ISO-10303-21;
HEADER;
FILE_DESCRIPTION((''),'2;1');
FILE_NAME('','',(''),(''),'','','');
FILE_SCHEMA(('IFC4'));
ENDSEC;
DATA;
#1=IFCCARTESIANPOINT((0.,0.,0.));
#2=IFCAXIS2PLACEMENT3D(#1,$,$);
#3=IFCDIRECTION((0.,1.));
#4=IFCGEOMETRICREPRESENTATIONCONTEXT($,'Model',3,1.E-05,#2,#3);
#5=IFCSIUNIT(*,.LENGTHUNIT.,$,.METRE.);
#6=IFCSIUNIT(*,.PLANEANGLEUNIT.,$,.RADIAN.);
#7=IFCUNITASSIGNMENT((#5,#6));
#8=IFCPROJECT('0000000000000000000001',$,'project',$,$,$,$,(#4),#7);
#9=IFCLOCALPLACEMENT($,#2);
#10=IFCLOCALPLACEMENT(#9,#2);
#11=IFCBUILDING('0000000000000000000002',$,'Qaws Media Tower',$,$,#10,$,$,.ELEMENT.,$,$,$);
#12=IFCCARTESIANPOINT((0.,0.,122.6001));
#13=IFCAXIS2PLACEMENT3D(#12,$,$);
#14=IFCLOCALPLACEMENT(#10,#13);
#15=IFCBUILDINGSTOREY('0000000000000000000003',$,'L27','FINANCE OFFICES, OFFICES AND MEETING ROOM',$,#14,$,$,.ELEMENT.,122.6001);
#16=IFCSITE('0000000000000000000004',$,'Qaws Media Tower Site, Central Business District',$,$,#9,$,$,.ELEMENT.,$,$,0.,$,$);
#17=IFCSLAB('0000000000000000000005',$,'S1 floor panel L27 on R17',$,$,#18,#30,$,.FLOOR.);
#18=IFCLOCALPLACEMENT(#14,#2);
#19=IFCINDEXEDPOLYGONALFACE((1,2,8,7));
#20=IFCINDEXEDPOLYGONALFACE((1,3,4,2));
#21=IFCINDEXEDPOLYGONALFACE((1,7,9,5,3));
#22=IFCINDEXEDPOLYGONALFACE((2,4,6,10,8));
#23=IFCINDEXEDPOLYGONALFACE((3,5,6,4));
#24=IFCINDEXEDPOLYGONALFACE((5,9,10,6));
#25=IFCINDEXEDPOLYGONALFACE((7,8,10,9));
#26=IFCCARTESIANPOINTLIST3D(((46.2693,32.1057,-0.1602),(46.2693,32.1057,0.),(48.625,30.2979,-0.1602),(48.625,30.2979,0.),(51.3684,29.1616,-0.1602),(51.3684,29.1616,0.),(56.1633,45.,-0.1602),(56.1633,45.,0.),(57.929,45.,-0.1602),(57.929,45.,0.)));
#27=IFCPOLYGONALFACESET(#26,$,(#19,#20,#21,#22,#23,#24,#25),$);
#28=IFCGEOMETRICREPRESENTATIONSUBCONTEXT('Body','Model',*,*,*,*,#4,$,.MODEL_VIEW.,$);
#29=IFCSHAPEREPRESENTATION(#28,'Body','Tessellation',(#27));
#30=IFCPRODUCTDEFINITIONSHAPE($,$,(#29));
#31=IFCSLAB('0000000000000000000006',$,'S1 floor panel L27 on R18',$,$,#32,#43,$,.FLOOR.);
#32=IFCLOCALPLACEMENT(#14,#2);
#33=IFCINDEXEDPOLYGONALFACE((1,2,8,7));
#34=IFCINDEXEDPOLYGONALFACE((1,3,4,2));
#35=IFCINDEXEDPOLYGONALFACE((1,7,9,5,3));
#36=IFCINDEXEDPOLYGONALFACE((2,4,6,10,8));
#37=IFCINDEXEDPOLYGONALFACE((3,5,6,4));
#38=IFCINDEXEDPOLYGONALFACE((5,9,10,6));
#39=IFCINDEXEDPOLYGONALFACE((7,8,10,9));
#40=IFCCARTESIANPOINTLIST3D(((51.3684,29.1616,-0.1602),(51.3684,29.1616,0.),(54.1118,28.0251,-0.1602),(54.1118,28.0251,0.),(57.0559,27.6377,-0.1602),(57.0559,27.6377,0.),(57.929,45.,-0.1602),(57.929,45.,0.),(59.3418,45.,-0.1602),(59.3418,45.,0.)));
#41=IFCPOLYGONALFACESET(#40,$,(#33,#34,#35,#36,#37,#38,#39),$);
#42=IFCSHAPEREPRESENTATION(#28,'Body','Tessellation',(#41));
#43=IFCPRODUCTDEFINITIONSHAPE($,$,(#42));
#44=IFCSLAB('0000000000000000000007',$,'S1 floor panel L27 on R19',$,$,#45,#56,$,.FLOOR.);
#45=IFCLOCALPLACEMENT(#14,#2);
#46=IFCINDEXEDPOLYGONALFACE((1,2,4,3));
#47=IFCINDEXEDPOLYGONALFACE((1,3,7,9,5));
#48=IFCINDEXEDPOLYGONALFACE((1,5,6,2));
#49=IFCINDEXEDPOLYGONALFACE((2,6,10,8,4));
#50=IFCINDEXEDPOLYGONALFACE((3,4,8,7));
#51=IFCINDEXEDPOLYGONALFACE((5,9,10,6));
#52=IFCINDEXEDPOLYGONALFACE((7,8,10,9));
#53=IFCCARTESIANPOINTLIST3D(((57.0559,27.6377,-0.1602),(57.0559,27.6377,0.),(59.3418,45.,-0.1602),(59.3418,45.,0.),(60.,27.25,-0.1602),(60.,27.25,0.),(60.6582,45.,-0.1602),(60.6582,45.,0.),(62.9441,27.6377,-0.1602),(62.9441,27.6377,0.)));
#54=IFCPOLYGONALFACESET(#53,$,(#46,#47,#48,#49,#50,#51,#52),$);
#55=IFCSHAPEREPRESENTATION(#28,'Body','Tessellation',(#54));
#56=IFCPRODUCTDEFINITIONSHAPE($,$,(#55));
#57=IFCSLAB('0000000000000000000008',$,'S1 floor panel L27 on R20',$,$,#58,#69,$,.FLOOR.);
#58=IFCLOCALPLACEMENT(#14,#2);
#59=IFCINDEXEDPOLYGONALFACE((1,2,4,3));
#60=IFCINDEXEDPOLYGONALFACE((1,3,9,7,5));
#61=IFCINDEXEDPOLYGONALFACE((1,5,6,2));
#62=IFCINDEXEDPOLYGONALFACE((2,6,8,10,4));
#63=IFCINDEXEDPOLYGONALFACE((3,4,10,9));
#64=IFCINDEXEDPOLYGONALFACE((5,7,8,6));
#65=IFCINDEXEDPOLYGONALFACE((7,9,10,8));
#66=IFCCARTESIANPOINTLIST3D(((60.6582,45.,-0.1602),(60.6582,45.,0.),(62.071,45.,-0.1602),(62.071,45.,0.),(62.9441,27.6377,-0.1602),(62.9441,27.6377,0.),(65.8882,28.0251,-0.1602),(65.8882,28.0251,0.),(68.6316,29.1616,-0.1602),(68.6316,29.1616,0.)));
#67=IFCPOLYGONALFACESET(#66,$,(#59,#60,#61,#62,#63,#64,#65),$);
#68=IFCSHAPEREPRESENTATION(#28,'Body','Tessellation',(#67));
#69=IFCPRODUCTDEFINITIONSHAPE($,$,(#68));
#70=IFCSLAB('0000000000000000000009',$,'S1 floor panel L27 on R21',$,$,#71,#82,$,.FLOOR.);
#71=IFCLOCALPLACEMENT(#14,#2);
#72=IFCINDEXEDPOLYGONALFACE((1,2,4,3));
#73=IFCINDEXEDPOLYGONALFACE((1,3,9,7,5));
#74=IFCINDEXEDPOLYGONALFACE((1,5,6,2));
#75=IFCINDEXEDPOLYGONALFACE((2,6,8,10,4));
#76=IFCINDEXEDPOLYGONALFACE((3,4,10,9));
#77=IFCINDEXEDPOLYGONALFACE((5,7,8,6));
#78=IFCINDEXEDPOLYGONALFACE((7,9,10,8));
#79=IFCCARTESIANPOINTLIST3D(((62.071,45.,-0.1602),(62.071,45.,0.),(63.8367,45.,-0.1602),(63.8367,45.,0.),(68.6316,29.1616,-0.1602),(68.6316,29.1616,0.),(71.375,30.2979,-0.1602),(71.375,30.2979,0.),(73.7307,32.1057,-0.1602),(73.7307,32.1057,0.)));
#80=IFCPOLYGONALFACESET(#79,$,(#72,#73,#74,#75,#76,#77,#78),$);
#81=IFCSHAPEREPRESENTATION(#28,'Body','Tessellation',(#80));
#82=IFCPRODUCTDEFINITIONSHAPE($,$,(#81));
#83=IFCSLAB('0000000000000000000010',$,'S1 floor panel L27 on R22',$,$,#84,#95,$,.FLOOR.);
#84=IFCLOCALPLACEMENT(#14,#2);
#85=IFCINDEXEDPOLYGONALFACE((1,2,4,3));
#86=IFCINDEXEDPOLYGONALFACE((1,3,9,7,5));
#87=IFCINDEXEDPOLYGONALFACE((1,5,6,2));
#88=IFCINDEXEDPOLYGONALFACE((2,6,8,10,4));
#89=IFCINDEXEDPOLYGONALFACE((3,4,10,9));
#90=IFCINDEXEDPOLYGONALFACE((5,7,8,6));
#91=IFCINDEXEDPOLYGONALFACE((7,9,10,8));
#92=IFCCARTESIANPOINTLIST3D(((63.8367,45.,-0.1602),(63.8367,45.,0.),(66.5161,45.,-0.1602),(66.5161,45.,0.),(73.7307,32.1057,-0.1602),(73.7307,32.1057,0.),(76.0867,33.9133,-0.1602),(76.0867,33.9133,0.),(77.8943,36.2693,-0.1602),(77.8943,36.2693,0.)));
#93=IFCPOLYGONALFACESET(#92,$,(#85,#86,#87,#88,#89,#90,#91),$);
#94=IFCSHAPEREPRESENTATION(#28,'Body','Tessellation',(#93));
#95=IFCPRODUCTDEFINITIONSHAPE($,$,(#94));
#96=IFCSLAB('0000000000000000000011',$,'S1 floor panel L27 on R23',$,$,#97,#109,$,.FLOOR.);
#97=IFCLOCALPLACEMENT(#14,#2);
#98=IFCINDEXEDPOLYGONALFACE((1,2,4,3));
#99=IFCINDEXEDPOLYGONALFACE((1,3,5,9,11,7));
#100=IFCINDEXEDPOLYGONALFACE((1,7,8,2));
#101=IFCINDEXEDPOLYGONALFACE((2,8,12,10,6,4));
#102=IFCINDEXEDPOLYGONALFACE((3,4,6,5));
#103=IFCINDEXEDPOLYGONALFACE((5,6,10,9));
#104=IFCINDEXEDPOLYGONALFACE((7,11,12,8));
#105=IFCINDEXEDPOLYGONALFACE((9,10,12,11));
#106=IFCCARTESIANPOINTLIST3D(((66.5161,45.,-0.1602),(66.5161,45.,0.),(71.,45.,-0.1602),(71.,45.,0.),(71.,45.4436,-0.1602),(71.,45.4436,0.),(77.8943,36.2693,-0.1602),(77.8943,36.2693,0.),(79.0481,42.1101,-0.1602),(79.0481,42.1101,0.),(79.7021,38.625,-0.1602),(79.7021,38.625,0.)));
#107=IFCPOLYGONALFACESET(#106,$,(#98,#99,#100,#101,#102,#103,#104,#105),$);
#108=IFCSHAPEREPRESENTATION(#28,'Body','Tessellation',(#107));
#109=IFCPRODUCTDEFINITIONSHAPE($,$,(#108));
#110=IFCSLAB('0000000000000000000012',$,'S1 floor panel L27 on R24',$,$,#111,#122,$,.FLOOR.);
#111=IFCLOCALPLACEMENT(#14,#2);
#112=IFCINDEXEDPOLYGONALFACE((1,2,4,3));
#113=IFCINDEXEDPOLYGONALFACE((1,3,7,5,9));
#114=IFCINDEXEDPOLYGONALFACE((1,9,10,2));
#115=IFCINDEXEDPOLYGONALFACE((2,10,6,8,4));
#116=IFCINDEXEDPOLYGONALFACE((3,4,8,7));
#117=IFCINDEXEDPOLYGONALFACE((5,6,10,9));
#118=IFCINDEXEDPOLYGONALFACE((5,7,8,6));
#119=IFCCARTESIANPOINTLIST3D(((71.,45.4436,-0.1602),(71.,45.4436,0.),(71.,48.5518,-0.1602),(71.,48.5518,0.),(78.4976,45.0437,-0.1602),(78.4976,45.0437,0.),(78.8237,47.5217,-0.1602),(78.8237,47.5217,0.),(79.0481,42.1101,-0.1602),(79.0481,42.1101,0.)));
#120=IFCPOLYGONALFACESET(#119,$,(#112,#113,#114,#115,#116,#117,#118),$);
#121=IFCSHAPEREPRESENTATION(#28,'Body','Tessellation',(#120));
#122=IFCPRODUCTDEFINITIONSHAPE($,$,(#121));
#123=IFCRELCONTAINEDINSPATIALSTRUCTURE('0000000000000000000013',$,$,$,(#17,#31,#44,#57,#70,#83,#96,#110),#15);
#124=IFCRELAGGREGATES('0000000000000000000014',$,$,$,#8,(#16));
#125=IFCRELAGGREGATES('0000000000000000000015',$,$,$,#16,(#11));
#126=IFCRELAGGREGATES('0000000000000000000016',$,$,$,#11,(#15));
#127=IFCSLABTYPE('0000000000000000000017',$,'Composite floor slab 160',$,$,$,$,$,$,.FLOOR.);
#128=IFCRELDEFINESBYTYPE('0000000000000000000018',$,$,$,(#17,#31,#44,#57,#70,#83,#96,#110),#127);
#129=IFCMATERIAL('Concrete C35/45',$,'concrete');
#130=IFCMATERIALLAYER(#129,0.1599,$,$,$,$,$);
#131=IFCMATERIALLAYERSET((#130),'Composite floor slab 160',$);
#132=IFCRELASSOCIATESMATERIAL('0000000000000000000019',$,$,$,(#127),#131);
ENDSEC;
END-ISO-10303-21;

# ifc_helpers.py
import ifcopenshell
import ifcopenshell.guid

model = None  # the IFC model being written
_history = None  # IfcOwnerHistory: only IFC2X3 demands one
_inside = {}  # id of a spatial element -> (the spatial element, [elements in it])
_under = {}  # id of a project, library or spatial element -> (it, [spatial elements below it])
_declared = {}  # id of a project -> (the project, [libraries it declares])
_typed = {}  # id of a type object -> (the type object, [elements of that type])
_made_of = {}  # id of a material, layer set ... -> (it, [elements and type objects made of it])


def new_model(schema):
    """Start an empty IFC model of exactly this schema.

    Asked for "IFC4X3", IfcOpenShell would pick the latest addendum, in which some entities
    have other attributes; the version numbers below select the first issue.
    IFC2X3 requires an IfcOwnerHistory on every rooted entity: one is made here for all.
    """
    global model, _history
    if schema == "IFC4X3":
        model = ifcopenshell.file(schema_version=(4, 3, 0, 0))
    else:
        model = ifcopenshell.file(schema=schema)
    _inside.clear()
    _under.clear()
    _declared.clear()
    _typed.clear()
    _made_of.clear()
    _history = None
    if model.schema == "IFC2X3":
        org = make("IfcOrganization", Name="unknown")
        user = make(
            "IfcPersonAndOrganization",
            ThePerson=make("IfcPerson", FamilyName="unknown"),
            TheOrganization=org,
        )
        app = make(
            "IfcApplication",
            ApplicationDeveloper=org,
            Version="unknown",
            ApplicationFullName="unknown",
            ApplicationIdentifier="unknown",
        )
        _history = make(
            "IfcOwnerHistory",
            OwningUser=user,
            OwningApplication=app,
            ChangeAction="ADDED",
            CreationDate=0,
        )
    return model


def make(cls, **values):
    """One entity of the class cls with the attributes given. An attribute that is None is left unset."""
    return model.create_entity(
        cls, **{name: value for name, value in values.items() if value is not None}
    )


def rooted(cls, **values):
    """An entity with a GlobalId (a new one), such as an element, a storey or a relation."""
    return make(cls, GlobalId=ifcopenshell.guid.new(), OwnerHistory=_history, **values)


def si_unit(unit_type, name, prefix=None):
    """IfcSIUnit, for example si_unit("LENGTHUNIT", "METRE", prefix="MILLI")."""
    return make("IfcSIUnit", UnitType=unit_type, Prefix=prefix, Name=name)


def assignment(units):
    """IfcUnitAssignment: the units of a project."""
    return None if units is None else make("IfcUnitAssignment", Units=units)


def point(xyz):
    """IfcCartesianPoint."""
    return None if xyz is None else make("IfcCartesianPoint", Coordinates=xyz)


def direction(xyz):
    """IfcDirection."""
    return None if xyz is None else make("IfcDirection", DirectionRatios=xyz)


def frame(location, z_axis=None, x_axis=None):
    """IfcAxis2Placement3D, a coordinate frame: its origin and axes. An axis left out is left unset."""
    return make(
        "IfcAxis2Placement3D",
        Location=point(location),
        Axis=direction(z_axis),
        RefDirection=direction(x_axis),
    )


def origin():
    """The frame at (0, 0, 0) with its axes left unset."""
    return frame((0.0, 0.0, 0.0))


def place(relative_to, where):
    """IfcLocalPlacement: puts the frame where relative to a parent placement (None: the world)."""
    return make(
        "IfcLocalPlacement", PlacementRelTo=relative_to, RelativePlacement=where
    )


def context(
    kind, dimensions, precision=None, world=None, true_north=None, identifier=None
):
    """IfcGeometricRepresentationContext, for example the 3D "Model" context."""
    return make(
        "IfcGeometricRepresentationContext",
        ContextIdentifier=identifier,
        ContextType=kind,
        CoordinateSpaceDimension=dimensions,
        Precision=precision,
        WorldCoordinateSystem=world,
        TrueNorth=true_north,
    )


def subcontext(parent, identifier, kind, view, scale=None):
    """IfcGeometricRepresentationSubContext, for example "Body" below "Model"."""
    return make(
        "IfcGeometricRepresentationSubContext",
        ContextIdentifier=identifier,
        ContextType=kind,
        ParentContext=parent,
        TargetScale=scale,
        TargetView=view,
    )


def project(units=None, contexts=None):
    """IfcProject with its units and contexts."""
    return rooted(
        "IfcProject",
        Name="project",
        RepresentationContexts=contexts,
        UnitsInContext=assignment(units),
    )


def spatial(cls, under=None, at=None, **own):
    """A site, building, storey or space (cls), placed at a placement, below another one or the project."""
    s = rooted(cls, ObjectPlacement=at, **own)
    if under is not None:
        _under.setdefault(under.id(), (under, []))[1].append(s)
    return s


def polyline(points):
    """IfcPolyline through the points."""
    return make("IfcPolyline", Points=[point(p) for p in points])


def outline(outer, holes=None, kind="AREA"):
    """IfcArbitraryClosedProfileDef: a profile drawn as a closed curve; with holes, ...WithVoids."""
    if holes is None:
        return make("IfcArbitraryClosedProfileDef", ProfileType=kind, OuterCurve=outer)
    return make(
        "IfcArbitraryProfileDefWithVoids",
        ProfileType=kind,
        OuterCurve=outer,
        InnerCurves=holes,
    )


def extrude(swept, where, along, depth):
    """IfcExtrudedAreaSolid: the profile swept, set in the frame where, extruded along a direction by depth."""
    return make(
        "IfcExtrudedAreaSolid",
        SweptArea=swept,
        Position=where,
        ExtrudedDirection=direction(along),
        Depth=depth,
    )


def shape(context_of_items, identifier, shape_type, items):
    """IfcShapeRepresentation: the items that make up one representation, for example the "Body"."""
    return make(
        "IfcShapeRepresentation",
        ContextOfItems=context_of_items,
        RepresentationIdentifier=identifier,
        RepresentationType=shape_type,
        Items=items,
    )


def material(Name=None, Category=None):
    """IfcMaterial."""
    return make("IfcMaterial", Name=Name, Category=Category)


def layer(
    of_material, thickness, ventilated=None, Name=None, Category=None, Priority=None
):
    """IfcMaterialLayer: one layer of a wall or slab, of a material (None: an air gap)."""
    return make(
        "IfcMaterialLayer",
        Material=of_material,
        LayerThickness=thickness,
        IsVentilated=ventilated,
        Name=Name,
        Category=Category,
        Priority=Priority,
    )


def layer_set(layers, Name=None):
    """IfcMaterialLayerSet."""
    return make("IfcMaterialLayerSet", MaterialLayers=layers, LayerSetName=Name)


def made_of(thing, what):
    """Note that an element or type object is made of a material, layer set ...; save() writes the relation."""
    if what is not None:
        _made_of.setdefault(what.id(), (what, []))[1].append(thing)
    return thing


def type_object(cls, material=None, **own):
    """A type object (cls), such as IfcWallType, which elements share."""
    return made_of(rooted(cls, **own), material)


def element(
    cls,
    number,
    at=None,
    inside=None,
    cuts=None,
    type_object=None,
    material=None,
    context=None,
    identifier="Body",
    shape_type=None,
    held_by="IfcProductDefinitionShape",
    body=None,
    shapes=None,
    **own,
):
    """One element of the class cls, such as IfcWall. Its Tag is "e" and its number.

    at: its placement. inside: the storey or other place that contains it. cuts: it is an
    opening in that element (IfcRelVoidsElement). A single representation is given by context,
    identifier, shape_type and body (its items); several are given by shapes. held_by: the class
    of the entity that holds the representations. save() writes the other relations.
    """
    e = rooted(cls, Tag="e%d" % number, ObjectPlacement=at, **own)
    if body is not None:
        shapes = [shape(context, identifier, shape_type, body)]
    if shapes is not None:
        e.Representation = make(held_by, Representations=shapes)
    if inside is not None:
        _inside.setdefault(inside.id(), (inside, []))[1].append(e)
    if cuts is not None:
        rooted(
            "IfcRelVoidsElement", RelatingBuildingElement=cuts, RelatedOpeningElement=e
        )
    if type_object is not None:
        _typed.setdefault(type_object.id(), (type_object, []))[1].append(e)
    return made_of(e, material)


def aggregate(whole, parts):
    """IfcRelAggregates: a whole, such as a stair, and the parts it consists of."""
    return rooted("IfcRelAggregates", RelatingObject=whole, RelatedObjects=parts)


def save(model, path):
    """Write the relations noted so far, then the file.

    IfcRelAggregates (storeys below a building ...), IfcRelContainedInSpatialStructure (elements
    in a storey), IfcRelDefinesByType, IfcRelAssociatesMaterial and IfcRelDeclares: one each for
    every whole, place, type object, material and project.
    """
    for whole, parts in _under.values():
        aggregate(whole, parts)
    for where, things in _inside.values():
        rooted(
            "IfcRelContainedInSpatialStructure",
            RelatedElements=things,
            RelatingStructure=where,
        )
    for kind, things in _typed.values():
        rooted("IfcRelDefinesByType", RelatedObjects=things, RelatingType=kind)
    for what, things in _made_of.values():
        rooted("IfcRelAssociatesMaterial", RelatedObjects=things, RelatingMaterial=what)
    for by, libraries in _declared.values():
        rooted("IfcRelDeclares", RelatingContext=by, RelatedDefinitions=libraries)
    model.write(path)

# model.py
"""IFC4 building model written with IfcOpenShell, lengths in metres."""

from ifc_helpers import new_model, si_unit, direction, frame, origin, place, context, subcontext, project, spatial, polyline, outline, extrude, material, layer, layer_set, type_object, element, save


model = new_model("IFC4")

# Units and contexts
model_context = context("Model", 3, precision=1e-05, world=origin(), true_north=direction((0.0, 1.0)))
body_context = subcontext(model_context, "Body", "Model", "MODEL_VIEW")
ifc_project = project(units=[si_unit("LENGTHUNIT", "METRE"), si_unit("PLANEANGLEUNIT", "RADIAN")], contexts=[model_context])

# Site, building, storey
site_placement = place(None, origin())
site = spatial("IfcSite", under=ifc_project, at=site_placement, Name="Qaws Media Tower Site, Central Business District", CompositionType="ELEMENT", RefElevation=0.0)
building_placement = place(site_placement, origin())
building = spatial("IfcBuilding", under=site, at=building_placement, Name="Qaws Media Tower", CompositionType="ELEMENT")
storey_placement = place(building_placement, frame((0.0, 0.0, 122.6001)))
storey = spatial("IfcBuildingStorey", under=building, at=storey_placement, Name="L27", Description="FINANCE OFFICES, OFFICES AND MEETING ROOM", CompositionType="ELEMENT", Elevation=122.6001)

# Slabs
ifc_material_1 = material(Name="Concrete C35/45", Category="concrete")
ifc_layer_1 = layer(ifc_material_1, 0.1599)
ifc_layer_set_1 = layer_set([ifc_layer_1], Name="Composite floor slab 160")
slab_type_1 = type_object("IfcSlabType", Name="Composite floor slab 160", PredefinedType="FLOOR", material=ifc_layer_set_1)
slab_1_placement = place(storey_placement, frame((0.0, 0.0, -0.1602)))
element("IfcSlab", 1, at=slab_1_placement, inside=storey, type_object=slab_type_1, Name="S1 floor panel L27 on R17", PredefinedType="FLOOR", context=body_context, shape_type="SweptSolid", body=[
    extrude(outline(polyline([(48.625, 30.2979), (46.2693, 32.1057), (56.1633, 45.0), (57.929, 45.0), (51.3684, 29.1616), (48.625, 30.2979)])), origin(), (0.0, 0.0, 1.0), 0.1602),
])
slab_2_placement = place(storey_placement, frame((0.0, 0.0, -0.1602)))
element("IfcSlab", 2, at=slab_2_placement, inside=storey, type_object=slab_type_1, Name="S1 floor panel L27 on R18", PredefinedType="FLOOR", context=body_context, shape_type="SweptSolid", body=[
    extrude(outline(polyline([(54.1118, 28.0251), (51.3684, 29.1616), (57.929, 45.0), (59.3418, 45.0), (57.0559, 27.6377), (54.1118, 28.0251)])), origin(), (0.0, 0.0, 1.0), 0.1602),
])
slab_3_placement = place(storey_placement, frame((0.0, 0.0, -0.1602)))
element("IfcSlab", 3, at=slab_3_placement, inside=storey, type_object=slab_type_1, Name="S1 floor panel L27 on R19", PredefinedType="FLOOR", context=body_context, shape_type="SweptSolid", body=[
    extrude(outline(polyline([(60.0, 27.25), (57.0559, 27.6377), (59.3418, 45.0), (60.6582, 45.0), (62.9441, 27.6377), (60.0, 27.25)])), origin(), (0.0, 0.0, 1.0), 0.1602),
])
slab_4_placement = place(storey_placement, frame((0.0, 0.0, -0.1602)))
element("IfcSlab", 4, at=slab_4_placement, inside=storey, type_object=slab_type_1, Name="S1 floor panel L27 on R20", PredefinedType="FLOOR", context=body_context, shape_type="SweptSolid", body=[
    extrude(outline(polyline([(65.8882, 28.0251), (62.9441, 27.6377), (60.6582, 45.0), (62.071, 45.0), (68.6316, 29.1616), (65.8882, 28.0251)])), origin(), (0.0, 0.0, 1.0), 0.1602),
])
slab_5_placement = place(storey_placement, frame((0.0, 0.0, -0.1602)))
element("IfcSlab", 5, at=slab_5_placement, inside=storey, type_object=slab_type_1, Name="S1 floor panel L27 on R21", PredefinedType="FLOOR", context=body_context, shape_type="SweptSolid", body=[
    extrude(outline(polyline([(71.375, 30.2979), (68.6316, 29.1616), (62.071, 45.0), (63.8367, 45.0), (73.7307, 32.1057), (71.375, 30.2979)])), origin(), (0.0, 0.0, 1.0), 0.1602),
])
slab_6_placement = place(storey_placement, frame((0.0, 0.0, -0.1602)))
element("IfcSlab", 6, at=slab_6_placement, inside=storey, type_object=slab_type_1, Name="S1 floor panel L27 on R22", PredefinedType="FLOOR", context=body_context, shape_type="SweptSolid", body=[
    extrude(outline(polyline([(76.0867, 33.9133), (73.7307, 32.1057), (63.8367, 45.0), (66.5161, 45.0), (77.8943, 36.2693), (76.0867, 33.9133)])), origin(), (0.0, 0.0, 1.0), 0.1602),
])
slab_7_placement = place(storey_placement, frame((0.0, 0.0, -0.1602)))
element("IfcSlab", 7, at=slab_7_placement, inside=storey, type_object=slab_type_1, Name="S1 floor panel L27 on R23", PredefinedType="FLOOR", context=body_context, shape_type="SweptSolid", body=[
    extrude(outline(polyline([(79.7021, 38.625), (77.8943, 36.2693), (66.5161, 45.0), (71.0, 45.0), (71.0, 45.4436), (79.0481, 42.1101), (79.7021, 38.625)])), origin(), (0.0, 0.0, 1.0), 0.1602),
])
slab_8_placement = place(storey_placement, frame((0.0, 0.0, -0.1602)))
element("IfcSlab", 8, at=slab_8_placement, inside=storey, type_object=slab_type_1, Name="S1 floor panel L27 on R24", PredefinedType="FLOOR", context=body_context, shape_type="SweptSolid", body=[
    extrude(outline(polyline([(79.0481, 42.1101), (71.0, 45.4436), (71.0, 48.5518), (78.8237, 47.5217), (78.4976, 45.0437), (79.0481, 42.1101)])), origin(), (0.0, 0.0, 1.0), 0.1602),
])

save(model, "model.ifc")
